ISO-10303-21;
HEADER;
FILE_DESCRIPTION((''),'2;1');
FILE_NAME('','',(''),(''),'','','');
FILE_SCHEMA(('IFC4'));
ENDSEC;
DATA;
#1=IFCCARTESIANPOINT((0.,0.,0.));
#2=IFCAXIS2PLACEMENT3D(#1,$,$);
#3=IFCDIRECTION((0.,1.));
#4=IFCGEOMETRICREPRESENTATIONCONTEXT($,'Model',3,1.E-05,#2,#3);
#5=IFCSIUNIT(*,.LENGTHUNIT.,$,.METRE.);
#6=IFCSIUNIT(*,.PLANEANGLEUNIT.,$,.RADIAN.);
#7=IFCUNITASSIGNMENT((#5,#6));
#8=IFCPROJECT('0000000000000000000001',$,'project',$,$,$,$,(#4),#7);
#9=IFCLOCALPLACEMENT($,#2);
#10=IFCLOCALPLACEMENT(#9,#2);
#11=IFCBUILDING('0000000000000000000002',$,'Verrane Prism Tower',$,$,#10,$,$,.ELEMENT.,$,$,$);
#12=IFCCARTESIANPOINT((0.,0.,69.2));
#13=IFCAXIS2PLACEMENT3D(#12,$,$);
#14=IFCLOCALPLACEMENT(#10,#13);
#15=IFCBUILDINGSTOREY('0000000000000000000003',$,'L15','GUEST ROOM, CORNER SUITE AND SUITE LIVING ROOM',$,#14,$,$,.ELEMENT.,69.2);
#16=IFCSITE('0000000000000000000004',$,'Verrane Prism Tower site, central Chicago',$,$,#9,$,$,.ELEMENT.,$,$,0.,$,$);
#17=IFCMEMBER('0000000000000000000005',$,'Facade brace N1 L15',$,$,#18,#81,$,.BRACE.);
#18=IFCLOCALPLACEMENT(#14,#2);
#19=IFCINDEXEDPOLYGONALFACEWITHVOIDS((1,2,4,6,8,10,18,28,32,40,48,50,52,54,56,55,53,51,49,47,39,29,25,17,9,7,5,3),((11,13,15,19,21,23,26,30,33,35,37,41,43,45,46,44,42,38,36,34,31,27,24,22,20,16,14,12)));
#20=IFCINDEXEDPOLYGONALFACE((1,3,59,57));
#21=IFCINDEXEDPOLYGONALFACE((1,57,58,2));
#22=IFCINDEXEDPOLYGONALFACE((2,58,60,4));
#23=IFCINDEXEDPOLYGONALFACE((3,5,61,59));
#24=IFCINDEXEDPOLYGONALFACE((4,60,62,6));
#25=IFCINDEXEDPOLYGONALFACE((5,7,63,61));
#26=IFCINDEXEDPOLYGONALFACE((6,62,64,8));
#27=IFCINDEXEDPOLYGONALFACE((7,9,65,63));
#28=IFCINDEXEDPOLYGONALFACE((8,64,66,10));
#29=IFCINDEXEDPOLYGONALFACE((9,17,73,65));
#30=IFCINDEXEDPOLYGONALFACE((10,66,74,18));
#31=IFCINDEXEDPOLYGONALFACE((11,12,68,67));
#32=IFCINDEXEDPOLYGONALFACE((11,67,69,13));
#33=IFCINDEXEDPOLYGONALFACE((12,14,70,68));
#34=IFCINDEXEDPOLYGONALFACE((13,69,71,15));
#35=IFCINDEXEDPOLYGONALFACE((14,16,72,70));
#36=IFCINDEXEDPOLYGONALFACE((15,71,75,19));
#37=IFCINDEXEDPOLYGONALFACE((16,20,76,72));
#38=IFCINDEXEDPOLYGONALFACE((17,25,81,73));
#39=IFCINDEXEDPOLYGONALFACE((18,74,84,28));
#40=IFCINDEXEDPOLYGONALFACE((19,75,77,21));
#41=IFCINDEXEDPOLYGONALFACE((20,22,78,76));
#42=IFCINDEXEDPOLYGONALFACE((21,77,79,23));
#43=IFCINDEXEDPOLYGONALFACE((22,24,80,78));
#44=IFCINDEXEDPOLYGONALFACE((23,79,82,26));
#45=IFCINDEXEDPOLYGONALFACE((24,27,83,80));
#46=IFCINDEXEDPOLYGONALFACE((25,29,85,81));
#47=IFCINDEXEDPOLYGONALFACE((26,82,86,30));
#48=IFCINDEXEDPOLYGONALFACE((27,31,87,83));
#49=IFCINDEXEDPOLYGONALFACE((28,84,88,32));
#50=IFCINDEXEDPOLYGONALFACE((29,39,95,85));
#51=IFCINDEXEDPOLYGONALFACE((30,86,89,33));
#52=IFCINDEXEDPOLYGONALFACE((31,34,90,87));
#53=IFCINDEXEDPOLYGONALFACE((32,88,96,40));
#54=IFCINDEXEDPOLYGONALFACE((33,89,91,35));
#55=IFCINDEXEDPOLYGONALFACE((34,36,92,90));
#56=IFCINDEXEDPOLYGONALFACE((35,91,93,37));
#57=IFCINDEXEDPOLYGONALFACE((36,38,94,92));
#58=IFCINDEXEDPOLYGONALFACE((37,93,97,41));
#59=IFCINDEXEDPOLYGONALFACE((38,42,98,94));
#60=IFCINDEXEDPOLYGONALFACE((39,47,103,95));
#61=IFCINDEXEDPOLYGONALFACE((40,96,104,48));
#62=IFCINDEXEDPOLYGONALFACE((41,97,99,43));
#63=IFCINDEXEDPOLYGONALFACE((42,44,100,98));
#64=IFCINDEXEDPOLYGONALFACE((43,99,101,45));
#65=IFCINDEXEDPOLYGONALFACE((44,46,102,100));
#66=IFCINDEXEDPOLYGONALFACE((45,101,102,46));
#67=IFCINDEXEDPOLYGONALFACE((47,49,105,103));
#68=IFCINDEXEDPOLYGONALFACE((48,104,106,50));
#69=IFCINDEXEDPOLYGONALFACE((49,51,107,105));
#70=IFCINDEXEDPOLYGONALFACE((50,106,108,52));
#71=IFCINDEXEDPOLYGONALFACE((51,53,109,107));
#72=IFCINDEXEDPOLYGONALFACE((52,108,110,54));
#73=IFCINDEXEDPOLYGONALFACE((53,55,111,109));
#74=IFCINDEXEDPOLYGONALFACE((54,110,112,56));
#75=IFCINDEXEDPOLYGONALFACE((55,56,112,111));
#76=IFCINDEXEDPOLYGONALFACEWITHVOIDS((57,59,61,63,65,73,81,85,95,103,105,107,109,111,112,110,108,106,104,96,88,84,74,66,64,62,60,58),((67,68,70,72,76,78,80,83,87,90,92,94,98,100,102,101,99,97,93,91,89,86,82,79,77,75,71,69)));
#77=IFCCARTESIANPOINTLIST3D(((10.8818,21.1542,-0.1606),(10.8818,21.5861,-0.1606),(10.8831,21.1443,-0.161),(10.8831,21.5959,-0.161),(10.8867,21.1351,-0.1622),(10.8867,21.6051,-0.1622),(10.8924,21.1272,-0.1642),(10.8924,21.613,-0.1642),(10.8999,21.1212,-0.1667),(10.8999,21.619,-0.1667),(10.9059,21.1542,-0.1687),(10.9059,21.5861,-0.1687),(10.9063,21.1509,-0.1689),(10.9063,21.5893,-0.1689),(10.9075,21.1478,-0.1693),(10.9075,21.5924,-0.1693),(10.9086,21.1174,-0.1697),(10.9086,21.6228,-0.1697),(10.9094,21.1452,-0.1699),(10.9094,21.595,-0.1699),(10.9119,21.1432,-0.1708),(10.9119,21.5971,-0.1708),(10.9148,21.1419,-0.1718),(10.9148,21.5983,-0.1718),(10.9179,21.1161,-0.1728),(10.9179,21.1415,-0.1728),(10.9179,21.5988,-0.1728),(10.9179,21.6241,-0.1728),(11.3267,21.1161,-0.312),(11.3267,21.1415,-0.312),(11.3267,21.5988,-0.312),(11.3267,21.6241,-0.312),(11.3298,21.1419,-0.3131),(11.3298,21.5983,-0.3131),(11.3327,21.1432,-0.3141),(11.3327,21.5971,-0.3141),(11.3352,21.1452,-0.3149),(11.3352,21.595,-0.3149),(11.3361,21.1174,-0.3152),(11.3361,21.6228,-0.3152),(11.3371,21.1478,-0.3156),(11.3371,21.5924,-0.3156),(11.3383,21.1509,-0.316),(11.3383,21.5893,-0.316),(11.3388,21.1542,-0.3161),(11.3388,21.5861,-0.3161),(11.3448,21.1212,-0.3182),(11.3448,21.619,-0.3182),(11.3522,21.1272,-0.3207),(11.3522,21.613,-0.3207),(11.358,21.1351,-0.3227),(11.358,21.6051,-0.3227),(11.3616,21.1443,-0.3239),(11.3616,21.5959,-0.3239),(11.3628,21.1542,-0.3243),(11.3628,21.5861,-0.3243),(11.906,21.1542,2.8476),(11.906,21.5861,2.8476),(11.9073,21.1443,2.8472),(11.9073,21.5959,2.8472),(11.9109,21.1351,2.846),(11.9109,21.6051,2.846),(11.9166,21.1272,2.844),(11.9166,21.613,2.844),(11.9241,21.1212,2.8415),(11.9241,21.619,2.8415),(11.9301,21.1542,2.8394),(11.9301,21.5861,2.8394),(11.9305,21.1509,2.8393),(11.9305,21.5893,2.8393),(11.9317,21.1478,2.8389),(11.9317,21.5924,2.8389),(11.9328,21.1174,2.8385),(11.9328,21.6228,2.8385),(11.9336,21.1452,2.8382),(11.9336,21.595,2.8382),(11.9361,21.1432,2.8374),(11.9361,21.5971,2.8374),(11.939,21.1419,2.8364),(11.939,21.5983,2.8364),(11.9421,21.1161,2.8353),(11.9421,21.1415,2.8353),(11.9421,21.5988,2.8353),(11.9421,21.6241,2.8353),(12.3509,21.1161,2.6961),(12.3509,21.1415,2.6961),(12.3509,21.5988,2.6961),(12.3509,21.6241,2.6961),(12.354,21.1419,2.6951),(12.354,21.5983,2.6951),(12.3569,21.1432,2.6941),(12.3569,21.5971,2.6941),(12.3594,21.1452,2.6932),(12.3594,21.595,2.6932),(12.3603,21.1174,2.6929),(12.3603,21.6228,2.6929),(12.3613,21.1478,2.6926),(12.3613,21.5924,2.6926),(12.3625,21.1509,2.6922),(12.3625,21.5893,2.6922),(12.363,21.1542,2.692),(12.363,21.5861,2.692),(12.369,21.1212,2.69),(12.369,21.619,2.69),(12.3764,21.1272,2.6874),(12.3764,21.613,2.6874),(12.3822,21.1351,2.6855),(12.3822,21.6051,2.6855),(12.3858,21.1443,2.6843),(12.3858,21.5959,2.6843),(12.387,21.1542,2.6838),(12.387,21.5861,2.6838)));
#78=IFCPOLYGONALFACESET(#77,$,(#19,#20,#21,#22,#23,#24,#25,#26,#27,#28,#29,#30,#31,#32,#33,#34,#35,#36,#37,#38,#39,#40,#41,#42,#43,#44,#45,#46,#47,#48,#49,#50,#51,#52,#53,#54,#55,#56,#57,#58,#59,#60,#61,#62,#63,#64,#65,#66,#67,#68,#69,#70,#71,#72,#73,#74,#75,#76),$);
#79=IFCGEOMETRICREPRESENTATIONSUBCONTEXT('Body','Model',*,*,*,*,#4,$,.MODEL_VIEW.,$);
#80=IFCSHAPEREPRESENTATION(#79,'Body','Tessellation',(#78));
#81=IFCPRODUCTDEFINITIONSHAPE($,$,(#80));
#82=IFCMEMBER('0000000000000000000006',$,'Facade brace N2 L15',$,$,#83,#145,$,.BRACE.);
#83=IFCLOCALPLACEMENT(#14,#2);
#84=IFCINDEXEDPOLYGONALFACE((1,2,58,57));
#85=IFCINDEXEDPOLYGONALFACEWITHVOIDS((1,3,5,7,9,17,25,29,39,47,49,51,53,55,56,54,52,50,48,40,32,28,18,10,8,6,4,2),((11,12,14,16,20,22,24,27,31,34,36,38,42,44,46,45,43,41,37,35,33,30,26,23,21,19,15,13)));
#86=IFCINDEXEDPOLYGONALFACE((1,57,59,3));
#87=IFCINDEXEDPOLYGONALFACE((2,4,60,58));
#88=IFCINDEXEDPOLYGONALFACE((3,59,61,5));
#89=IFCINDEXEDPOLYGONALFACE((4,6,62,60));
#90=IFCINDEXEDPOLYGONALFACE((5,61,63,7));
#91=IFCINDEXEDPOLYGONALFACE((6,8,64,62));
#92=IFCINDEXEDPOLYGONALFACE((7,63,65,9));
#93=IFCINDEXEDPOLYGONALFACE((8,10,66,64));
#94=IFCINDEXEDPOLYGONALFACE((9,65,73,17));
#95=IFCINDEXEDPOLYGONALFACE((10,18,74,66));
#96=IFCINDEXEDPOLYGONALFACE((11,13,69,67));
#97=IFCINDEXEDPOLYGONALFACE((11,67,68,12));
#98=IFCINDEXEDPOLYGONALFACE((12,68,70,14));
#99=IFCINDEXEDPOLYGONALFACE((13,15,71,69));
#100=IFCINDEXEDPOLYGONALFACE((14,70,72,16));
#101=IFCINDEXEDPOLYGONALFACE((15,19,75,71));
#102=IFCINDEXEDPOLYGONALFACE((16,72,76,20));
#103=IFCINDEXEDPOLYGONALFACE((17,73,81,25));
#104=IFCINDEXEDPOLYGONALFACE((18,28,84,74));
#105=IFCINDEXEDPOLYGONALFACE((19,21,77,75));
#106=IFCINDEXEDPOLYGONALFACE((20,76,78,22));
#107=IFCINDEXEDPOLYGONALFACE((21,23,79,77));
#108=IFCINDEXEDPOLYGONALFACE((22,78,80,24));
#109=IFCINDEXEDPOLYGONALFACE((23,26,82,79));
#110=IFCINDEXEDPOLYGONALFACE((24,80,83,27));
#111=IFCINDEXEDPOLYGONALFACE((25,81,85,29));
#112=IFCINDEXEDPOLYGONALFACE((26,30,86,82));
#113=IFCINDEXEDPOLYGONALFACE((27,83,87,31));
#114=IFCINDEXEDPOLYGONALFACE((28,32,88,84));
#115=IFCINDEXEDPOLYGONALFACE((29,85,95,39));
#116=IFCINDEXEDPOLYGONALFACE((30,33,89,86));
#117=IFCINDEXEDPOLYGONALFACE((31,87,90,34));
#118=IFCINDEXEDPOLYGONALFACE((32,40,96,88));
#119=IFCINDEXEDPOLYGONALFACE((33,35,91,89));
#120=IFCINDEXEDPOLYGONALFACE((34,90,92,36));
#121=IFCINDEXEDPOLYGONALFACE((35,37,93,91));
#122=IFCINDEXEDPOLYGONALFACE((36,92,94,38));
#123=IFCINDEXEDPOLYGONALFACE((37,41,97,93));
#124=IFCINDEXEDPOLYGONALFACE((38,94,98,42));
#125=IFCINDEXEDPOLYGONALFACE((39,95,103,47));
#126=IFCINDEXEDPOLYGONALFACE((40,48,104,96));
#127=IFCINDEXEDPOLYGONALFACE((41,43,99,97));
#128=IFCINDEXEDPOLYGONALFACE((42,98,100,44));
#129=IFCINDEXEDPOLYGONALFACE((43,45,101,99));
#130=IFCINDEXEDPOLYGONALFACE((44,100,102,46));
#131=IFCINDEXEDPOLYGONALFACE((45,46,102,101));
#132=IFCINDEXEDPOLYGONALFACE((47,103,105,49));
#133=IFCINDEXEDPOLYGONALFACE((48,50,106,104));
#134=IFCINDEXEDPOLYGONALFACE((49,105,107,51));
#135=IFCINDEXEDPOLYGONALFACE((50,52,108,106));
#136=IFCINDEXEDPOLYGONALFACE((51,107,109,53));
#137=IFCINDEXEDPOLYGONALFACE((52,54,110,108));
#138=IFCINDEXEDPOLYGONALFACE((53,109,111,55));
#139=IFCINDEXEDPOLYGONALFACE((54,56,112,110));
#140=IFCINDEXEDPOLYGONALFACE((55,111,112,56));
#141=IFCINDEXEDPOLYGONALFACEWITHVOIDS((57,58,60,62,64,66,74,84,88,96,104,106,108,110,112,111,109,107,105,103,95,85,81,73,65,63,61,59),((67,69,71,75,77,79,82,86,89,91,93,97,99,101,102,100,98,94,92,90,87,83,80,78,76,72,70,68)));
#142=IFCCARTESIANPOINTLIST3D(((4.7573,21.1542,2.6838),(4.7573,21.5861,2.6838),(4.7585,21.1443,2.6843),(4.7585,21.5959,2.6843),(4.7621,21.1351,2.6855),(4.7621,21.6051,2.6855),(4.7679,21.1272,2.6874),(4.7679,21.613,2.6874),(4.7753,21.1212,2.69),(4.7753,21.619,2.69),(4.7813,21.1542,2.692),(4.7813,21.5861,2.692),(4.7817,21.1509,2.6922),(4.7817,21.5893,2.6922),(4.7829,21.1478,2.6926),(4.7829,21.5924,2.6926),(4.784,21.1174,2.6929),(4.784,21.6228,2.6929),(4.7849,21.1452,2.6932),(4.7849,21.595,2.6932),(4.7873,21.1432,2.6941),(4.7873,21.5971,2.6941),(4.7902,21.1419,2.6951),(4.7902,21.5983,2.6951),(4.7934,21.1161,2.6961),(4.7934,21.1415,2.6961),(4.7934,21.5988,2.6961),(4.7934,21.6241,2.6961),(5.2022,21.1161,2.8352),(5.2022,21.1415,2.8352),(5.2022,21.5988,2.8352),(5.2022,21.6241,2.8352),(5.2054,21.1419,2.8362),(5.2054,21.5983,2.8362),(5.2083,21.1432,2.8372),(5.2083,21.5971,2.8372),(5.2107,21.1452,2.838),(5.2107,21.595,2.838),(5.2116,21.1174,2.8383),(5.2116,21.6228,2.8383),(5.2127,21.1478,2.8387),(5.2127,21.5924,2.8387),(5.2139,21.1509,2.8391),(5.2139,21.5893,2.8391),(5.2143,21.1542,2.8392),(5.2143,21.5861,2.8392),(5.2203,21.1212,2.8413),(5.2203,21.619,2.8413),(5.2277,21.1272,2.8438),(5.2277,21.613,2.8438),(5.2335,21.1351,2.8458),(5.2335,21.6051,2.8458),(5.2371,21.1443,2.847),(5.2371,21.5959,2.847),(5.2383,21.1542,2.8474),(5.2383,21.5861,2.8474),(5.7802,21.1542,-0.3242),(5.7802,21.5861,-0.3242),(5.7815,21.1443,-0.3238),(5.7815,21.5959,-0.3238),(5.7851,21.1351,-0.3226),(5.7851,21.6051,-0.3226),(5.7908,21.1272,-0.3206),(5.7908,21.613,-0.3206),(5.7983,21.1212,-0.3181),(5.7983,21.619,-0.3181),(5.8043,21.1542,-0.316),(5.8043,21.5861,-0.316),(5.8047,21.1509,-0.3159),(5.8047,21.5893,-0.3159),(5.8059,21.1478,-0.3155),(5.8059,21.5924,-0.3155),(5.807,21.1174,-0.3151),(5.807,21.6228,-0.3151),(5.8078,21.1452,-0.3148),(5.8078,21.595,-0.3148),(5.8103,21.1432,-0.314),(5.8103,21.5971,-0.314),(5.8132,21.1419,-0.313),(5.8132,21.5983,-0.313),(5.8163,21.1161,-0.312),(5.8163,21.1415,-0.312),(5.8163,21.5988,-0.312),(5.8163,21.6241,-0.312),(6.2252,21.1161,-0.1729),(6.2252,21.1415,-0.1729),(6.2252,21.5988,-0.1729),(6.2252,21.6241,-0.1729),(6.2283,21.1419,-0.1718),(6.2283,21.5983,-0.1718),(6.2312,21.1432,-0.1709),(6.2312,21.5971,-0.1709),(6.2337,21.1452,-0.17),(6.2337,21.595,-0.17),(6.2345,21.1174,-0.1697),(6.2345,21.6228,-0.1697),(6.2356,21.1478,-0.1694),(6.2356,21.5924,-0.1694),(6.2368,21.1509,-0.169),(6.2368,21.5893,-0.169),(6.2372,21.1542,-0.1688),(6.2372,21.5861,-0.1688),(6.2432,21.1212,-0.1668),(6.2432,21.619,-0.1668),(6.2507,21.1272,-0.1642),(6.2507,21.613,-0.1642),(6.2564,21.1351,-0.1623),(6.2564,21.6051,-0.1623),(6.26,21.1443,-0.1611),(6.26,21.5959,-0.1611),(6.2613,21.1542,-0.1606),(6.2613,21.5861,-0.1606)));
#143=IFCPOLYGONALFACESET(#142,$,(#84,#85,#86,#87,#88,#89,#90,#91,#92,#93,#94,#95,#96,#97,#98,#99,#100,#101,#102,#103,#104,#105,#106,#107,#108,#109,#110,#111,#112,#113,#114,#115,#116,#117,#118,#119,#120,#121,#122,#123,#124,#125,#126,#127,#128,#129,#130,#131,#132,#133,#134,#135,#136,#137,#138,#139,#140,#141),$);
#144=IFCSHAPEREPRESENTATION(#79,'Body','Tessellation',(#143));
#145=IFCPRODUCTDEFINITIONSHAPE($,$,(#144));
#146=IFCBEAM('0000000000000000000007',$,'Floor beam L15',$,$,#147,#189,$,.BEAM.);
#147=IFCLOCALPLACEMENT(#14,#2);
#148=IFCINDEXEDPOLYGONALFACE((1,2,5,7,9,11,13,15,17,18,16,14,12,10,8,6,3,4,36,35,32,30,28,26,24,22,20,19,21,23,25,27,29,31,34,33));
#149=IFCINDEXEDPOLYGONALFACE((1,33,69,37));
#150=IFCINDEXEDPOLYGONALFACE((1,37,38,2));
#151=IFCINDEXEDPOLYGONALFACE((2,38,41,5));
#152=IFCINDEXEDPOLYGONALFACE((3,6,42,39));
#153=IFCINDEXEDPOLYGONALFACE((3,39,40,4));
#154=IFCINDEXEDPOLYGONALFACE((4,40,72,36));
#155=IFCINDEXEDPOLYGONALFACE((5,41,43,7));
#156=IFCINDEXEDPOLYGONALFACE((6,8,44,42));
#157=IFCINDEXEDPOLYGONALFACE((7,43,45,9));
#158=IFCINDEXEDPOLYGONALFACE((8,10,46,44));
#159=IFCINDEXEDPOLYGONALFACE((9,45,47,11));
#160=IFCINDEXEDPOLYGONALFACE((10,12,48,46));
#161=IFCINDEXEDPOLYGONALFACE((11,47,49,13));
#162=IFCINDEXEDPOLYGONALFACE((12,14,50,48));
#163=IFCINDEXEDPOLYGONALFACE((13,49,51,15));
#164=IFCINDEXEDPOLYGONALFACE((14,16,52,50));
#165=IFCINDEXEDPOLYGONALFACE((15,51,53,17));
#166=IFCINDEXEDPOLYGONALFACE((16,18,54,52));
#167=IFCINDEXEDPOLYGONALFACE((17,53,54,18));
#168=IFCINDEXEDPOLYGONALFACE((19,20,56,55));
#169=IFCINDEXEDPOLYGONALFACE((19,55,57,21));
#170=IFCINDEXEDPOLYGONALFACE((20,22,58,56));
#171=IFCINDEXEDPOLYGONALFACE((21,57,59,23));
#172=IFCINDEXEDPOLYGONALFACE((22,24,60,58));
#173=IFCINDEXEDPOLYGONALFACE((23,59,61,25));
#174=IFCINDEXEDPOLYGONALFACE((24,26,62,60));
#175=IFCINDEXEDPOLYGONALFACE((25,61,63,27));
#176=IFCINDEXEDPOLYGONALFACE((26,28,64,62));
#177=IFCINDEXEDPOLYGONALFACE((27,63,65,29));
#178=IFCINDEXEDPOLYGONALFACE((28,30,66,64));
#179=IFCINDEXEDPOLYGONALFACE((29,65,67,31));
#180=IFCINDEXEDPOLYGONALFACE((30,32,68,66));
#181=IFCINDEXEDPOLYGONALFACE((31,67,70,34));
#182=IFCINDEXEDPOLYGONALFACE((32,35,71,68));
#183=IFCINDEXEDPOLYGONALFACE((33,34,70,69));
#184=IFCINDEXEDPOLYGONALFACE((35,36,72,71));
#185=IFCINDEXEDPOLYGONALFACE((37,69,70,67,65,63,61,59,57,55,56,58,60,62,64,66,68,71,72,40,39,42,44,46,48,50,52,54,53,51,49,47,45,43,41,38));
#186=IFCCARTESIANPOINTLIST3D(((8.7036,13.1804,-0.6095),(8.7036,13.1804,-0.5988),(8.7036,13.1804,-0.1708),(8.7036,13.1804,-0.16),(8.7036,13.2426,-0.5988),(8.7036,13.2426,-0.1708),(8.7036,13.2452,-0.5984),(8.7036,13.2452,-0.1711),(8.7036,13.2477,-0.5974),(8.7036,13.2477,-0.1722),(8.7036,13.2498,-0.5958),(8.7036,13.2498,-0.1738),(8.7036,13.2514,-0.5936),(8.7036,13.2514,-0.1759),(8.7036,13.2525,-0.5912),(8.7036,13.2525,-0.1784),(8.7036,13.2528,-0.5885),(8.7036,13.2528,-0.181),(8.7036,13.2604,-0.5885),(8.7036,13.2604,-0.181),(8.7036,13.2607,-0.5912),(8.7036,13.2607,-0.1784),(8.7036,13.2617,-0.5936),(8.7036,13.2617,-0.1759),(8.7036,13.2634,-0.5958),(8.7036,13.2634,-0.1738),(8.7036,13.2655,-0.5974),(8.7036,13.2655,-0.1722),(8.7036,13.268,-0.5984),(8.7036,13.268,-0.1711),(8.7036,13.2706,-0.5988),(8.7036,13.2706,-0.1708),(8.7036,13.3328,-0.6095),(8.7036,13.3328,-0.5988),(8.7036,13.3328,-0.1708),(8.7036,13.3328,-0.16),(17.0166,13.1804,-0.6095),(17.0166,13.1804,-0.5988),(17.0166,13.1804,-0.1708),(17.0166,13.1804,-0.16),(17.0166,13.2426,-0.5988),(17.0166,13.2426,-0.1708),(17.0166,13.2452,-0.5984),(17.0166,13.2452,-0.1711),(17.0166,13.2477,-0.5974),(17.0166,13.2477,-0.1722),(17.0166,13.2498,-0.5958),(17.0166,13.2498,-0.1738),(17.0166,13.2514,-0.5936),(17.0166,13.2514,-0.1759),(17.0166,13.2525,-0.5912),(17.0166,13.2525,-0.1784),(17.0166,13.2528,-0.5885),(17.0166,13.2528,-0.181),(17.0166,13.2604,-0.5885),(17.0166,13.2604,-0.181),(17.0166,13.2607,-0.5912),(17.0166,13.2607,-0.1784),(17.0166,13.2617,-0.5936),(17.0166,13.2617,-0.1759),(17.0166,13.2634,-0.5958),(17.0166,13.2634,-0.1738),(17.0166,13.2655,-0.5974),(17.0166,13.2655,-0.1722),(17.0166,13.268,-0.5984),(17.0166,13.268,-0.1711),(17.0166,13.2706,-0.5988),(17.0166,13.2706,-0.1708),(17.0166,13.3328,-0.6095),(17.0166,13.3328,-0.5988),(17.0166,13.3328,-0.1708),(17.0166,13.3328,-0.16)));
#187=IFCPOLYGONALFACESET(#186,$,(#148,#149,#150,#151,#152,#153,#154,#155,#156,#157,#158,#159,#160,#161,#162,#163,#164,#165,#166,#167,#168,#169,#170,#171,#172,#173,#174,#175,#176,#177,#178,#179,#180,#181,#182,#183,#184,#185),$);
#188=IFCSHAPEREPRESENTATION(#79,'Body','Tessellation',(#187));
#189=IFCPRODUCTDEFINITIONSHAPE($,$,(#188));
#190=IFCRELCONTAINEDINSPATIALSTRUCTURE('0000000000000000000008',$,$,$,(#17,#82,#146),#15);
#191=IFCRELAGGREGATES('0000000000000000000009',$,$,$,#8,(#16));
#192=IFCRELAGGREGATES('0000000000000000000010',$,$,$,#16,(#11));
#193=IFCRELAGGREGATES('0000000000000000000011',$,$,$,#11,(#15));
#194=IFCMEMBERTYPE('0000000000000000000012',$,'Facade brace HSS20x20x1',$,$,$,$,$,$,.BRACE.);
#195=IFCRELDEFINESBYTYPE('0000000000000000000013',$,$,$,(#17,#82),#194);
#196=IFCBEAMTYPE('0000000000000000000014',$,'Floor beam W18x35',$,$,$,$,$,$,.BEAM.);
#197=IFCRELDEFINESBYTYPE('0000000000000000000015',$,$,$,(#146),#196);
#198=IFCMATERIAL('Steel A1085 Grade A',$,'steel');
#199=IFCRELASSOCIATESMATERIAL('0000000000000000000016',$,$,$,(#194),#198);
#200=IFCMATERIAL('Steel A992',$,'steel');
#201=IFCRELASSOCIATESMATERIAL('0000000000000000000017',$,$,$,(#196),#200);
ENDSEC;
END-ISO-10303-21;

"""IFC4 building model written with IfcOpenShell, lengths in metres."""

from ifc_helpers import new_model, si_unit, direction, frame, origin, origin_2d, place, context, subcontext, project, spatial, hollow_rectangle, i_section, extrude, material, material_profile, profile_set, type_object, element, save


model = new_model("IFC4")

# Units and contexts
model_context = context("Model", 3, precision=1e-05, world=origin(), true_north=direction((0.0, 1.0)))
body_context = subcontext(model_context, "Body", "Model", "MODEL_VIEW")
ifc_project = project(units=[si_unit("LENGTHUNIT", "METRE"), si_unit("PLANEANGLEUNIT", "RADIAN")], contexts=[model_context])

# Site, building, storey
site_placement = place(None, origin())
site = spatial("IfcSite", under=ifc_project, at=site_placement, Name="Verrane Prism Tower site, central Chicago", CompositionType="ELEMENT", RefElevation=0.0)
building_placement = place(site_placement, origin())
building = spatial("IfcBuilding", under=site, at=building_placement, Name="Verrane Prism Tower", CompositionType="ELEMENT")
storey_placement = place(building_placement, frame((0.0, 0.0, 69.2)))
storey = spatial("IfcBuildingStorey", under=building, at=storey_placement, Name="L15", Description="GUEST ROOM, CORNER SUITE AND SUITE LIVING ROOM", CompositionType="ELEMENT", Elevation=69.2)

# Members
ifc_material_1 = material(Name="Steel A1085 Grade A", Category="steel")
ifc_material_profile_1 = material_profile(ifc_material_1, hollow_rectangle(XDim=0.5081, YDim=0.5081, WallThickness=0.0254, InnerFilletRadius=0.0127, OuterFilletRadius=0.0381, at=origin_2d()), Name="HSS20x20x1")
ifc_profile_set_1 = profile_set([ifc_material_profile_1], Name="Steel A1085 Grade A")
member_type_1 = type_object("IfcMemberType", Name="Facade brace HSS20x20x1", PredefinedType="BRACE", material=ifc_profile_set_1)
member_1_placement = place(storey_placement, frame((11.1223, 21.3701, -0.2424), z_axis=(0.322306, 0.0, 0.946635), x_axis=(0.0, 1.0, 0.0)))
element("IfcMember", 1, at=member_1_placement, inside=storey, type_object=member_type_1, Name="Facade brace N1 L15", PredefinedType="BRACE", context=body_context, shape_type="SweptSolid", body=[
    extrude(hollow_rectangle(XDim=0.5081, YDim=0.5081, WallThickness=0.0254, InnerFilletRadius=0.0127, OuterFilletRadius=0.0381, at=origin_2d()), origin(), (0.0, 0.0, 1.0), 3.1777),
])
member_2_placement = place(storey_placement, frame((6.0208, 21.3701, -0.2424), z_axis=(-0.321962, 0.0, 0.946753), x_axis=(0.0, -1.0, 0.0)))
element("IfcMember", 2, at=member_2_placement, inside=storey, type_object=member_type_1, Name="Facade brace N2 L15", PredefinedType="BRACE", context=body_context, shape_type="SweptSolid", body=[
    extrude(hollow_rectangle(XDim=0.5081, YDim=0.5081, WallThickness=0.0254, InnerFilletRadius=0.0127, OuterFilletRadius=0.0381, at=origin_2d()), origin(), (0.0, 0.0, 1.0), 3.1772),
])

# Beam
ifc_material_2 = material(Name="Steel A992", Category="steel")
ifc_material_profile_2 = material_profile(ifc_material_2, i_section(OverallWidth=0.1523, OverallDepth=0.4495, WebThickness=0.0076, FlangeThickness=0.0107, FilletRadius=0.0103, at=origin_2d()), Name="W18x35")
ifc_profile_set_2 = profile_set([ifc_material_profile_2], Name="Steel A992")
beam_type_1 = type_object("IfcBeamType", Name="Floor beam W18x35", PredefinedType="BEAM", material=ifc_profile_set_2)
for number, where, z_axis, x_axis, name in (
    (3, (8.7036, 13.2566, -0.3848), (1.0, 0.0, 0.0), (0.0, 1.0, 0.0), "Floor beam L15"),
):
    element("IfcBeam", number, at=place(storey_placement, frame(where, z_axis=z_axis, x_axis=x_axis)), inside=storey, type_object=beam_type_1, Name=name, PredefinedType="BEAM", context=body_context, shape_type="SweptSolid", body=[
        extrude(i_section(OverallWidth=0.1523, OverallDepth=0.4495, WebThickness=0.0076, FlangeThickness=0.0107, FilletRadius=0.0103, at=origin_2d()), origin(), (0.0, 0.0, 1.0), 8.313),
    ])

save(model, "model.ifc")
